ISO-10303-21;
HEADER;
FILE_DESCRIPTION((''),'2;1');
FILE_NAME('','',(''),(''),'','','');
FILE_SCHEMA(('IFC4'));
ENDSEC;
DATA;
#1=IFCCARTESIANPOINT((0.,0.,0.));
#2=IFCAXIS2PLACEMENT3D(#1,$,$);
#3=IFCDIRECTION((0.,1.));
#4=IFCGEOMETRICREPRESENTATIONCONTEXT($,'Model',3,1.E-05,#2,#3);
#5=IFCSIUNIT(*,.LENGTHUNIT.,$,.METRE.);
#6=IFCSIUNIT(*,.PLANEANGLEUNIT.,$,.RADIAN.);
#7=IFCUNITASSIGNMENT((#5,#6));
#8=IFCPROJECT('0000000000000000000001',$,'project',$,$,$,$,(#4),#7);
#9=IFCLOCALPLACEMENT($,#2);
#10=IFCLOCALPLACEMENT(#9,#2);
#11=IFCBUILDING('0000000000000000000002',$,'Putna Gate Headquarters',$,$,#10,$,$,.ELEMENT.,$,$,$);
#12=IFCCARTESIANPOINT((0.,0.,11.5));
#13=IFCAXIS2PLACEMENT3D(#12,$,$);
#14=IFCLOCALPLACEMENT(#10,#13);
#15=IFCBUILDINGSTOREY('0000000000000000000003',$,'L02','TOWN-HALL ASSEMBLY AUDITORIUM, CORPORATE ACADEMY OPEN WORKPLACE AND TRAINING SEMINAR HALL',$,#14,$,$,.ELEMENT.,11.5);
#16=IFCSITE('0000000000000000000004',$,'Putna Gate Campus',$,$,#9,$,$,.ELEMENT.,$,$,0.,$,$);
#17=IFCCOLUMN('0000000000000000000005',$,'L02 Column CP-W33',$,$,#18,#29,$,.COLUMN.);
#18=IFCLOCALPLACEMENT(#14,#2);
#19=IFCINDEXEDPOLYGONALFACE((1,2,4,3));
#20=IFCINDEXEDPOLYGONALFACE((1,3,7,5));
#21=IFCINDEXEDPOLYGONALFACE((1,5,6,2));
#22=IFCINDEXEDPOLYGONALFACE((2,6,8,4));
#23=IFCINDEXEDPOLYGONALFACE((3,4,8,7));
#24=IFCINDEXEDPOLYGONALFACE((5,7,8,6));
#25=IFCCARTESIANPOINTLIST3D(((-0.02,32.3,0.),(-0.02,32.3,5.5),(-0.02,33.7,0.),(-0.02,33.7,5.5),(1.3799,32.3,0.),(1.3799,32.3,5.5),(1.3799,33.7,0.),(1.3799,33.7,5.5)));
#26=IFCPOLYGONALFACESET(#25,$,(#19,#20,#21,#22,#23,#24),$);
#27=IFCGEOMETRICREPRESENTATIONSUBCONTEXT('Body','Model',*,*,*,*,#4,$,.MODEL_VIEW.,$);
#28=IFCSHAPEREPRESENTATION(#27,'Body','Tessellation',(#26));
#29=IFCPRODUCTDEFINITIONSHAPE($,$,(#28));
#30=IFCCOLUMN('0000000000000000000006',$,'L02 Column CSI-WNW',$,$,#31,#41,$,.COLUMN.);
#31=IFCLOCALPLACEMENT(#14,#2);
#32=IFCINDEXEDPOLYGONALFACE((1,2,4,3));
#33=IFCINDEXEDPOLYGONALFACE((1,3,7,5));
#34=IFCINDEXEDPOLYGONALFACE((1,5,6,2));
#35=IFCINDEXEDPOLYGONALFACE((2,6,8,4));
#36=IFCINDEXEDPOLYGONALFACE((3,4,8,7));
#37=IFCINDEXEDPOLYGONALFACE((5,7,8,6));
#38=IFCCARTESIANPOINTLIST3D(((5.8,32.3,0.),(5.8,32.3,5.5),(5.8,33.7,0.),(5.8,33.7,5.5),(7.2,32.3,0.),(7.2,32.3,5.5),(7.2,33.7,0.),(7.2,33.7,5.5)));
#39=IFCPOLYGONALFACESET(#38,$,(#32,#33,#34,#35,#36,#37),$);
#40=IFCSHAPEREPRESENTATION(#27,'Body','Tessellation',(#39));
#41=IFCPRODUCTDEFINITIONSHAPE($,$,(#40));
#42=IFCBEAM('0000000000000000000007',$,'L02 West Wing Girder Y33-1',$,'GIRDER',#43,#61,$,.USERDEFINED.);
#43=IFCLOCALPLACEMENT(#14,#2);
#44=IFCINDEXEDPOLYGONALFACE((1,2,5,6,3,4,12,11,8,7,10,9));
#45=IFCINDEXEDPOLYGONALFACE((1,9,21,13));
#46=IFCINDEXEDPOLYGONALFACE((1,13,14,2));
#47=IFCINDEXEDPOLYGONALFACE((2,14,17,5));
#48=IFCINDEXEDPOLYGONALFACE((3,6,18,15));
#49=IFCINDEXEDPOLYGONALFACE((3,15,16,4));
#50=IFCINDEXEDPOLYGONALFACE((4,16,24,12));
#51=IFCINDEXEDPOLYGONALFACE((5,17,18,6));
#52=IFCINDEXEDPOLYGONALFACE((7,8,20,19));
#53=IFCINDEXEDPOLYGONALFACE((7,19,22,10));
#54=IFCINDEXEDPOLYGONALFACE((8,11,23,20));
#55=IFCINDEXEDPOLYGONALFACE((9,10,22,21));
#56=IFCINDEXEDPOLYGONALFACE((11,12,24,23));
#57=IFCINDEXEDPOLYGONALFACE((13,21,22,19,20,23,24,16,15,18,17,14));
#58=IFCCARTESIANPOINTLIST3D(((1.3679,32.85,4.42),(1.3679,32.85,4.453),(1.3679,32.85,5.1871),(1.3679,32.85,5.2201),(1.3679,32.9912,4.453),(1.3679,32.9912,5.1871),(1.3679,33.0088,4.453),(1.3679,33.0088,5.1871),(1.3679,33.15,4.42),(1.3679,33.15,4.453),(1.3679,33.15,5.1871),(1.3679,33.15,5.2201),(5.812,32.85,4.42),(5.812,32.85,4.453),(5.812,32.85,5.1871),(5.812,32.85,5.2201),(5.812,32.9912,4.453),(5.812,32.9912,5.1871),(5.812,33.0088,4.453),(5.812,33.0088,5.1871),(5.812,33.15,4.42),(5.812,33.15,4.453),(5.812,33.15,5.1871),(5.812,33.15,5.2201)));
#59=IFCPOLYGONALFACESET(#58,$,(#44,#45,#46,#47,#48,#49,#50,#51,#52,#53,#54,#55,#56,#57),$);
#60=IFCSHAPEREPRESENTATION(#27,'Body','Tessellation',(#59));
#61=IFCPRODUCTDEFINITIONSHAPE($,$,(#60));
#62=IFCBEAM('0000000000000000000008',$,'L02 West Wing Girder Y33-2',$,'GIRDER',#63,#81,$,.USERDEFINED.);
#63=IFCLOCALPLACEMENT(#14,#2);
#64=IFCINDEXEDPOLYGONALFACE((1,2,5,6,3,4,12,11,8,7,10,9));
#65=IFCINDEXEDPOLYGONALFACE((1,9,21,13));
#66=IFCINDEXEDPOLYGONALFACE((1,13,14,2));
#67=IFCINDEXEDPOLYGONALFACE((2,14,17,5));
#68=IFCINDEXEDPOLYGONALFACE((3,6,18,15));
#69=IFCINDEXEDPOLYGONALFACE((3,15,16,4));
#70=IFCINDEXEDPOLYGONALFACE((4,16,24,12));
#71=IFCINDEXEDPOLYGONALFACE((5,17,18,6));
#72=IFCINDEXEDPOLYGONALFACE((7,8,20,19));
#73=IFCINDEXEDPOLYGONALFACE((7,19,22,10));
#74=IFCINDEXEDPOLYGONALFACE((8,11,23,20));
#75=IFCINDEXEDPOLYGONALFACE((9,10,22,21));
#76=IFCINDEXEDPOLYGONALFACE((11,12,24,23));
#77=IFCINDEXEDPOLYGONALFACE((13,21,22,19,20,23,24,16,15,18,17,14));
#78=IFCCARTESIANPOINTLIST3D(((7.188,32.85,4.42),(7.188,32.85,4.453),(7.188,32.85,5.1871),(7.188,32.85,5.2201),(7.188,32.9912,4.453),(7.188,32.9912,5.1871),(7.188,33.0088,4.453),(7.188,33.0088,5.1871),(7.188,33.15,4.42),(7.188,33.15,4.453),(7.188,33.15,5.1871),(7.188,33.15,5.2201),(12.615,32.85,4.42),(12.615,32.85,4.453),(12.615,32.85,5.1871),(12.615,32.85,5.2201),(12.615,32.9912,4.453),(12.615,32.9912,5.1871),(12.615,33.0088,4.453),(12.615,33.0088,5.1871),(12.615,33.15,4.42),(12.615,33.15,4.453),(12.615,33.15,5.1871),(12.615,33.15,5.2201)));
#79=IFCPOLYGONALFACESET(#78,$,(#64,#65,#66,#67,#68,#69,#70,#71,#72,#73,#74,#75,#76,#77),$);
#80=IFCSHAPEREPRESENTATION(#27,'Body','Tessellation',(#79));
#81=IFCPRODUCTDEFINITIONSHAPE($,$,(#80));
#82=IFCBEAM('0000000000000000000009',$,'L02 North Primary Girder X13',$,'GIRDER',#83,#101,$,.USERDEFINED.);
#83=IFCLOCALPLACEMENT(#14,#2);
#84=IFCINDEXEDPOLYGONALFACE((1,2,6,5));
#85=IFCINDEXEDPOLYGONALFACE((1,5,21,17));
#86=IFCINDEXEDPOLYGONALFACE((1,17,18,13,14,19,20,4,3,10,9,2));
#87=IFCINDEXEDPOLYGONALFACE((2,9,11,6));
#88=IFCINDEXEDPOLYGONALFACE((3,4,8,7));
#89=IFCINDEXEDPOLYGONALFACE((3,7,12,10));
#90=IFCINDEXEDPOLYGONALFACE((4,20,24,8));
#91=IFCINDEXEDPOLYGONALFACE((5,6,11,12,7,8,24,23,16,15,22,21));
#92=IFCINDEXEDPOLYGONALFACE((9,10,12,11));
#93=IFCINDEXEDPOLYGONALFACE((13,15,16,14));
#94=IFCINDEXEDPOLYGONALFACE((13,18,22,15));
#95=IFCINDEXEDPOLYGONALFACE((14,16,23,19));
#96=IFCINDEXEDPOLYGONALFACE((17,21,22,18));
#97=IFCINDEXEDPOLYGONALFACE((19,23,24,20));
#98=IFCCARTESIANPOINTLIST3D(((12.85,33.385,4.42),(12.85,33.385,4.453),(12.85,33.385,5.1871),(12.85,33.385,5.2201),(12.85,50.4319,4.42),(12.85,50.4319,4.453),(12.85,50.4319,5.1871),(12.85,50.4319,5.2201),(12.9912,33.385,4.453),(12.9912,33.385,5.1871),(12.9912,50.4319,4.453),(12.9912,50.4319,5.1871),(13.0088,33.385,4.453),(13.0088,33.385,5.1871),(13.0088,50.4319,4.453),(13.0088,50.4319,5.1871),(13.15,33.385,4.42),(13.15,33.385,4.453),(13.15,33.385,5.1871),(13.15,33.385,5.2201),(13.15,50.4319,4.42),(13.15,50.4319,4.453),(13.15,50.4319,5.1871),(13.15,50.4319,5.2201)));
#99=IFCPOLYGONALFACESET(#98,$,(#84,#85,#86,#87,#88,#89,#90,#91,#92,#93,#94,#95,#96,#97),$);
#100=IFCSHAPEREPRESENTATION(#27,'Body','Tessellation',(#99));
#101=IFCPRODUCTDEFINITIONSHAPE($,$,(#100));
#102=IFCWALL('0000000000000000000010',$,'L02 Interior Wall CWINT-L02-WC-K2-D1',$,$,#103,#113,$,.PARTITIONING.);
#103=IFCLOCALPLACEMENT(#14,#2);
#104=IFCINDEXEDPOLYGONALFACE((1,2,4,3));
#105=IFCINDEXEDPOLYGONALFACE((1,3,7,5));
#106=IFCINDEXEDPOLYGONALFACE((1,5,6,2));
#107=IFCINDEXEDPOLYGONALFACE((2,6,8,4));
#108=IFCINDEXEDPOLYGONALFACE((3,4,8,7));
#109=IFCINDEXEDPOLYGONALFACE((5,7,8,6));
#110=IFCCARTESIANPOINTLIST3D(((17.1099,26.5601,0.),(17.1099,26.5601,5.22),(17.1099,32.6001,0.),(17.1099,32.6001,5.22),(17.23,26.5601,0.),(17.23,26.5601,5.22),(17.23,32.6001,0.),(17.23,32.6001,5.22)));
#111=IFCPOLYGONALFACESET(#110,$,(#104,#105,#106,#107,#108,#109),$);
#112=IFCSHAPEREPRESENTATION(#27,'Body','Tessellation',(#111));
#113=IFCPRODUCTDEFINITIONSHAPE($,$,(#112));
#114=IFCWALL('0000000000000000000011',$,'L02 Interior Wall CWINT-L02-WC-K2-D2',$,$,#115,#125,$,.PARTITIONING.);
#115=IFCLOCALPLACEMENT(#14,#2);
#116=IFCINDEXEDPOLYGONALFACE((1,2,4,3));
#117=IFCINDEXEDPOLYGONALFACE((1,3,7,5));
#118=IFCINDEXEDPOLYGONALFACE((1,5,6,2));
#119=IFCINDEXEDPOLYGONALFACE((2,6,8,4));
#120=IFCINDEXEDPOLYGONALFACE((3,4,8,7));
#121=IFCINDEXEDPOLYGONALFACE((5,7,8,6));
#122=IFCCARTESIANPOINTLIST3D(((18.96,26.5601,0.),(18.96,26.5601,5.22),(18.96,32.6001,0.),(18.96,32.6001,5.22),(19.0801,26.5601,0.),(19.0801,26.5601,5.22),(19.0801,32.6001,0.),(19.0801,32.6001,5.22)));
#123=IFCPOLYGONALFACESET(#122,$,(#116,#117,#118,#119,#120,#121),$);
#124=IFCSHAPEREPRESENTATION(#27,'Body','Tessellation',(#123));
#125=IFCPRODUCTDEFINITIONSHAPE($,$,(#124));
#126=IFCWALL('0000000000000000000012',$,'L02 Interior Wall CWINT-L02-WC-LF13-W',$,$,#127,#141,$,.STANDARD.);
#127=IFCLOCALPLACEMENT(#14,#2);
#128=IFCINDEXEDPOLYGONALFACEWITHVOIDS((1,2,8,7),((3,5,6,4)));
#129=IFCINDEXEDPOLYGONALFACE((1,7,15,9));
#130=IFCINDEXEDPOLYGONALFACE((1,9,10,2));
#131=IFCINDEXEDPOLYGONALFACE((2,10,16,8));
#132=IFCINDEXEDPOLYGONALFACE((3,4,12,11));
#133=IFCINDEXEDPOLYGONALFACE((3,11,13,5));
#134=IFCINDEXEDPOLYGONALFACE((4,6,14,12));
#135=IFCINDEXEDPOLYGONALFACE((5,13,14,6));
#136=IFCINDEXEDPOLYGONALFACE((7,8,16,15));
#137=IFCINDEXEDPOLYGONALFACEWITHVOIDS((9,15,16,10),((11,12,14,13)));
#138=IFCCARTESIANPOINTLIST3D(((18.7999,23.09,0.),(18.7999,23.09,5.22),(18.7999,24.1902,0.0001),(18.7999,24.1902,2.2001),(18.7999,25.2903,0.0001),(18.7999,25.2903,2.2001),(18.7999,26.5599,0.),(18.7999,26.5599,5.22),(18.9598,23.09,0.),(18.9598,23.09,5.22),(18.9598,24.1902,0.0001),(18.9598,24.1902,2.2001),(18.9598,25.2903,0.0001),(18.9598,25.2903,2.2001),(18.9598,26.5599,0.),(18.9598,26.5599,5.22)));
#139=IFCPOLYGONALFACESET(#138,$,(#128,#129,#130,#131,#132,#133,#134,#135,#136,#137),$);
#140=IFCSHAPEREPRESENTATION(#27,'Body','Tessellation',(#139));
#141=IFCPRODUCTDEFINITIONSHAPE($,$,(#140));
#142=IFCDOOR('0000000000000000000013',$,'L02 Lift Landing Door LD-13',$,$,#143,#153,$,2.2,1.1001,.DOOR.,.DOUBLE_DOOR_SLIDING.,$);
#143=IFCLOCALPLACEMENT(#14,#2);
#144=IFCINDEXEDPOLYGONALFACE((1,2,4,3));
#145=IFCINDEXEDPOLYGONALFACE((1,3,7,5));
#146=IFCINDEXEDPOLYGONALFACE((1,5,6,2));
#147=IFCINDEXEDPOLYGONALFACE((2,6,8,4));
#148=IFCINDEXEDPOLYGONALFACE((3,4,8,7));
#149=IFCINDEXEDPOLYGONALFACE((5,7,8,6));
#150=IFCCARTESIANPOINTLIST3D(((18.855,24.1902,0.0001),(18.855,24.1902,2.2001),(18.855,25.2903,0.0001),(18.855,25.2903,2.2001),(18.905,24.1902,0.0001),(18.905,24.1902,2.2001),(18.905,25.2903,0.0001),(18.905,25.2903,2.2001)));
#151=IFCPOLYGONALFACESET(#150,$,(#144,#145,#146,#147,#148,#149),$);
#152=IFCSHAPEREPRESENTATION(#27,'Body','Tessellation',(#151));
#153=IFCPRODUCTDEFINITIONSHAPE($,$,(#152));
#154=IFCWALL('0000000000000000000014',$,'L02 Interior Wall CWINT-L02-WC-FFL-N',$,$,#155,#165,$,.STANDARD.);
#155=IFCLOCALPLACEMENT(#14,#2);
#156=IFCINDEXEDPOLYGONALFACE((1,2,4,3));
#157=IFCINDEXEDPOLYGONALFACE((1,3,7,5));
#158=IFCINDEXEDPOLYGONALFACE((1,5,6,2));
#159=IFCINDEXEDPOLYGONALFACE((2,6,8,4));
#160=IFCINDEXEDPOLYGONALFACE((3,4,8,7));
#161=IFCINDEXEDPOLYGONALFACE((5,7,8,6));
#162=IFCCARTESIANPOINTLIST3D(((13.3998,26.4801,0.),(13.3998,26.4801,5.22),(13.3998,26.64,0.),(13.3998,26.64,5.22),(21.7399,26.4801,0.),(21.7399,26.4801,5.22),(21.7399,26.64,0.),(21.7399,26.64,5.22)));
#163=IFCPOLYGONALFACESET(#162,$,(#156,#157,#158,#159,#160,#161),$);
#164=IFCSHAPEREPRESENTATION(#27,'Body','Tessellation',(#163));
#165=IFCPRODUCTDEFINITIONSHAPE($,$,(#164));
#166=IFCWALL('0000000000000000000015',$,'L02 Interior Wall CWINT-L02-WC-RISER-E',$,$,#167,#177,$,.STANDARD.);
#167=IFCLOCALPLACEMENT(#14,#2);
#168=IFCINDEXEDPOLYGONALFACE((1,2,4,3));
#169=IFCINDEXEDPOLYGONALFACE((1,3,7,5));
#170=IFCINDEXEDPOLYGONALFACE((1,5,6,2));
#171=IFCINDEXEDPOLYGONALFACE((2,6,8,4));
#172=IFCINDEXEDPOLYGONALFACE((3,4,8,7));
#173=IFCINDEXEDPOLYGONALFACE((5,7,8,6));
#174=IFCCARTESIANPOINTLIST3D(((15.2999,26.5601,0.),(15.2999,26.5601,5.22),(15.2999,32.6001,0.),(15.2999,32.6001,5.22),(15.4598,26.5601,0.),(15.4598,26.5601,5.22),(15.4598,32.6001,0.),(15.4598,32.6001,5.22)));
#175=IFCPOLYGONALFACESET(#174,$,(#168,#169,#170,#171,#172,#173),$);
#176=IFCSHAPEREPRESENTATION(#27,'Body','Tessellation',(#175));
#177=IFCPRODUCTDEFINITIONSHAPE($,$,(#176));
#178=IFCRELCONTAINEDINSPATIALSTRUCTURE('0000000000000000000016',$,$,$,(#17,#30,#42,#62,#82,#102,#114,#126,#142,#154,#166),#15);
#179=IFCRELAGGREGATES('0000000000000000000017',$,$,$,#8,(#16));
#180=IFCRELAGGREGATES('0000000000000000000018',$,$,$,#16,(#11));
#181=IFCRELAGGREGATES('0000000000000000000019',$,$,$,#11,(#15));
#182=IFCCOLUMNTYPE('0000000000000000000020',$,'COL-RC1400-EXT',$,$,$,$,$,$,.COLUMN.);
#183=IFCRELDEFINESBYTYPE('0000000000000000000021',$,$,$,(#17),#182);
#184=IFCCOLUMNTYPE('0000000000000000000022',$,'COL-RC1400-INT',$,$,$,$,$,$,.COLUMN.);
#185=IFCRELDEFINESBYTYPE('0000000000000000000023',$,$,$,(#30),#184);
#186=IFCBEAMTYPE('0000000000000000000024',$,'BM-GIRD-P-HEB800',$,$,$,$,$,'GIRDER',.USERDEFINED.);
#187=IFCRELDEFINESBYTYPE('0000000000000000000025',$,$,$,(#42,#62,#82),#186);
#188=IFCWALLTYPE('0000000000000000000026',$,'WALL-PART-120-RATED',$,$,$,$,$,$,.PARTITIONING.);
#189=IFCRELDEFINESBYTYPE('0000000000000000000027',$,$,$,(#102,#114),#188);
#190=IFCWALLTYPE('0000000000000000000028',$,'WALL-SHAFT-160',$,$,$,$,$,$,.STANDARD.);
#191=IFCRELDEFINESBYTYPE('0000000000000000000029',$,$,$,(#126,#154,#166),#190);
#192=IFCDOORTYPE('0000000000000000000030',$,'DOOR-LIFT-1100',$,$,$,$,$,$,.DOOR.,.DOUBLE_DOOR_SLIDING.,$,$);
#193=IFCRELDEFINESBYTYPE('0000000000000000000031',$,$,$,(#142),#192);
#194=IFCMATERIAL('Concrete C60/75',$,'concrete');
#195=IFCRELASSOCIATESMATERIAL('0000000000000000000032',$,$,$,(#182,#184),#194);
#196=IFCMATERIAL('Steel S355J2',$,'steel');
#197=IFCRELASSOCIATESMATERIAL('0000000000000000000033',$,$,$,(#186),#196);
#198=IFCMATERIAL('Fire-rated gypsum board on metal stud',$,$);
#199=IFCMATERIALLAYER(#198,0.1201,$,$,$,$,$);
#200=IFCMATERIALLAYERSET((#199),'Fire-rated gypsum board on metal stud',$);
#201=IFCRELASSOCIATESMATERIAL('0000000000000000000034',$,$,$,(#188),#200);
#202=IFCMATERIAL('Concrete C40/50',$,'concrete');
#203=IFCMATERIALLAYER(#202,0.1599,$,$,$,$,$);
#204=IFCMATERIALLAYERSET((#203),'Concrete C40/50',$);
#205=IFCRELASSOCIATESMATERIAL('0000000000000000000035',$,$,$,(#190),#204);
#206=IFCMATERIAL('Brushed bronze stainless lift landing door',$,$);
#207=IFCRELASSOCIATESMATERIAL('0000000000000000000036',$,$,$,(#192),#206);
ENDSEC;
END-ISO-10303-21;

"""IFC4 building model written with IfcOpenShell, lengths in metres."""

from ifc_helpers import new_model, si_unit, direction, frame, frame_2d, origin, origin_2d, place, context, subcontext, project, spatial, rectangle, i_section, extrude, material, layer, layer_set, material_profile, profile_set, type_object, element, fill, save


model = new_model("IFC4")

# Units and contexts
model_context = context("Model", 3, precision=1e-05, world=origin(), true_north=direction((0.0, 1.0)))
body_context = subcontext(model_context, "Body", "Model", "MODEL_VIEW")
ifc_project = project(units=[si_unit("LENGTHUNIT", "METRE"), si_unit("PLANEANGLEUNIT", "RADIAN")], contexts=[model_context])

# Site, building, storey
site_placement = place(None, origin())
site = spatial("IfcSite", under=ifc_project, at=site_placement, Name="Putna Gate Campus", CompositionType="ELEMENT", RefElevation=0.0)
building_placement = place(site_placement, origin())
building = spatial("IfcBuilding", under=site, at=building_placement, Name="Putna Gate Headquarters", CompositionType="ELEMENT")
storey_placement = place(building_placement, frame((0.0, 0.0, 11.5)))
storey = spatial("IfcBuildingStorey", under=building, at=storey_placement, Name="L02", Description="TOWN-HALL ASSEMBLY AUDITORIUM, CORPORATE ACADEMY OPEN WORKPLACE AND TRAINING SEMINAR HALL", CompositionType="ELEMENT", Elevation=11.5)

# Columns
ifc_material_1 = material(Name="Concrete C60/75", Category="concrete")
ifc_material_profile_1 = material_profile(ifc_material_1, rectangle(XDim=1.3999, YDim=1.3999, at=origin_2d()), Name="Concrete C60/75")
ifc_profile_set_1 = profile_set([ifc_material_profile_1], Name="Concrete C60/75")
column_type_1 = type_object("IfcColumnType", Name="COL-RC1400-EXT", PredefinedType="COLUMN", material=ifc_profile_set_1)
column_1_placement = place(storey_placement, frame((0.6799, 33.0, 0.0), z_axis=(0.0, 0.0, 1.0), x_axis=(1.0, 0.0, 0.0)))
element("IfcColumn", 1, at=column_1_placement, inside=storey, type_object=column_type_1, Name="L02 Column CP-W33", PredefinedType="COLUMN", context=body_context, shape_type="SweptSolid", body=[
    extrude(rectangle(XDim=1.3999, YDim=1.3999, at=origin_2d()), origin(), (0.0, 0.0, 1.0), 5.5),
])
ifc_material_profile_2 = material_profile(ifc_material_1, rectangle(XDim=1.3999, YDim=1.3999, at=origin_2d()), Name="Concrete C60/75")
ifc_profile_set_2 = profile_set([ifc_material_profile_2], Name="Concrete C60/75")
column_type_2 = type_object("IfcColumnType", Name="COL-RC1400-INT", PredefinedType="COLUMN", material=ifc_profile_set_2)
column_2_placement = place(storey_placement, frame((6.5, 33.0, 0.0), z_axis=(0.0, 0.0, 1.0), x_axis=(1.0, 0.0, 0.0)))
element("IfcColumn", 2, at=column_2_placement, inside=storey, type_object=column_type_2, Name="L02 Column CSI-WNW", PredefinedType="COLUMN", context=body_context, shape_type="SweptSolid", body=[
    extrude(rectangle(XDim=1.3999, YDim=1.3999, at=origin_2d()), origin(), (0.0, 0.0, 1.0), 5.5),
])

# Beams
ifc_material_2 = material(Name="Steel S355J2", Category="steel")
ifc_material_profile_3 = material_profile(ifc_material_2, i_section(OverallWidth=0.3, OverallDepth=0.8, WebThickness=0.0176, FlangeThickness=0.033, at=origin_2d()), Name="Steel S355J2")
ifc_profile_set_3 = profile_set([ifc_material_profile_3], Name="Steel S355J2")
beam_type = type_object("IfcBeamType", Name="BM-GIRD-P-HEB800", ElementType="GIRDER", PredefinedType="USERDEFINED", material=ifc_profile_set_3)
beam_1_placement = place(storey_placement, frame((1.3679, 33.0, 4.8201), z_axis=(1.0, 0.0, 0.0), x_axis=(0.0, 1.0, 0.0)))
element("IfcBeam", 3, at=beam_1_placement, inside=storey, type_object=beam_type, Name="L02 West Wing Girder Y33-1", ObjectType="GIRDER", PredefinedType="USERDEFINED", context=body_context, shape_type="SweptSolid", body=[
    extrude(i_section(OverallWidth=0.3, OverallDepth=0.8, WebThickness=0.0176, FlangeThickness=0.033, at=origin_2d()), origin(), (0.0, 0.0, 1.0), 4.4441),
])
beam_2_placement = place(storey_placement, frame((7.188, 33.0, 4.8201), z_axis=(1.0, 0.0, 0.0), x_axis=(0.0, 1.0, 0.0)))
element("IfcBeam", 4, at=beam_2_placement, inside=storey, type_object=beam_type, Name="L02 West Wing Girder Y33-2", ObjectType="GIRDER", PredefinedType="USERDEFINED", context=body_context, shape_type="SweptSolid", body=[
    extrude(i_section(OverallWidth=0.3, OverallDepth=0.8, WebThickness=0.0176, FlangeThickness=0.033, at=origin_2d()), origin(), (0.0, 0.0, 1.0), 5.427),
])
beam_3_placement = place(storey_placement, frame((13.0, 33.385, 4.8201), z_axis=(0.0, 1.0, 0.0), x_axis=(-1.0, 0.0, 0.0)))
element("IfcBeam", 5, at=beam_3_placement, inside=storey, type_object=beam_type, Name="L02 North Primary Girder X13", ObjectType="GIRDER", PredefinedType="USERDEFINED", context=body_context, shape_type="SweptSolid", body=[
    extrude(i_section(OverallWidth=0.3, OverallDepth=0.8, WebThickness=0.0176, FlangeThickness=0.033, at=origin_2d()), origin(), (0.0, 0.0, 1.0), 17.0469),
])

# Walls
ifc_material_3 = material(Name="Fire-rated gypsum board on metal stud")
ifc_layer_1 = layer(ifc_material_3, 0.1201)
ifc_layer_set_1 = layer_set([ifc_layer_1], Name="Fire-rated gypsum board on metal stud")
wall_type_1 = type_object("IfcWallType", Name="WALL-PART-120-RATED", PredefinedType="PARTITIONING", material=ifc_layer_set_1)
for number, where, z_axis, x_axis, name in (
    (6, (17.1699, 26.5601, 0.0), (0.0, 0.0, 1.0), (0.0, 1.0, 0.0), "L02 Interior Wall CWINT-L02-WC-K2-D1"),
    (7, (19.02, 26.5601, 0.0), (0.0, 0.0, 1.0), (0.0, 1.0, 0.0), "L02 Interior Wall CWINT-L02-WC-K2-D2"),
):
    element("IfcWall", number, at=place(storey_placement, frame(where, z_axis=z_axis, x_axis=x_axis)), inside=storey, type_object=wall_type_1, Name=name, PredefinedType="PARTITIONING", context=body_context, shape_type="SweptSolid", body=[
        extrude(rectangle(XDim=6.04, YDim=0.1201, at=frame_2d((3.02, 0.0))), origin(), (0.0, 0.0, 1.0), 5.22),
    ])

# Wall, opening, door
ifc_material_4 = material(Name="Concrete C40/50", Category="concrete")
ifc_layer_2 = layer(ifc_material_4, 0.1599)
ifc_layer_set_2 = layer_set([ifc_layer_2], Name="Concrete C40/50")
wall_type_2 = type_object("IfcWallType", Name="WALL-SHAFT-160", PredefinedType="STANDARD", material=ifc_layer_set_2)
wall_1_placement = place(storey_placement, frame((18.8799, 23.0901, 0.0), z_axis=(0.0, 0.0, 1.0), x_axis=(0.0, 1.0, 0.0)))
wall_1 = element("IfcWall", 8, at=wall_1_placement, inside=storey, type_object=wall_type_2, Name="L02 Interior Wall CWINT-L02-WC-LF13-W", PredefinedType="STANDARD", context=body_context, shape_type="SweptSolid", body=[
    extrude(rectangle(XDim=3.47, YDim=0.1599, at=frame_2d((1.7349, 0.0))), origin(), (0.0, 0.0, 1.0), 5.22),
])
opening_1_placement = place(wall_1_placement, frame((1.1001, 0.0, 0.0)))
opening_1 = element("IfcOpeningElement", 9, at=opening_1_placement, cuts=wall_1, PredefinedType="OPENING", context=body_context, shape_type="SweptSolid", body=[
    extrude(rectangle(XDim=1.1001, YDim=2.2, at=frame_2d((0.55, 1.1001))), frame((0.0, 0.0898, 0.0), z_axis=(0.0, -1.0, 0.0), x_axis=(1.0, 0.0, 0.0)), (0.0, 0.0, 1.0), 0.1799),
])
ifc_material_5 = material(Name="Brushed bronze stainless lift landing door")
door_type_1 = type_object("IfcDoorType", Name="DOOR-LIFT-1100", OperationType="DOUBLE_DOOR_SLIDING", PredefinedType="DOOR", material=ifc_material_5)
door_1_placement = place(opening_1_placement, origin())
door_1 = element("IfcDoor", 10, at=door_1_placement, inside=storey, type_object=door_type_1, Name="L02 Lift Landing Door LD-13", OperationType="DOUBLE_DOOR_SLIDING", OverallHeight=2.2, OverallWidth=1.1001, PredefinedType="DOOR", context=body_context, shape_type="SweptSolid", body=[
    extrude(rectangle(XDim=1.1001, YDim=2.2, at=frame_2d((0.55, 1.1001))), frame((0.0, 0.0249, 0.0), z_axis=(0.0, -1.0, 0.0), x_axis=(1.0, 0.0, 0.0)), (0.0, 0.0, 1.0), 0.05),
])
fill(opening_1, door_1)

# Walls
wall_2_placement = place(storey_placement, frame((13.3999, 26.5601, 0.0), z_axis=(0.0, 0.0, 1.0), x_axis=(1.0, 0.0, 0.0)))
element("IfcWall", 11, at=wall_2_placement, inside=storey, type_object=wall_type_2, Name="L02 Interior Wall CWINT-L02-WC-FFL-N", PredefinedType="STANDARD", context=body_context, shape_type="SweptSolid", body=[
    extrude(rectangle(XDim=8.3401, YDim=0.1599, at=frame_2d((4.1699, 0.0))), origin(), (0.0, 0.0, 1.0), 5.22),
])
wall_3_placement = place(storey_placement, frame((15.3799, 26.5601, 0.0), z_axis=(0.0, 0.0, 1.0), x_axis=(0.0, 1.0, 0.0)))
element("IfcWall", 12, at=wall_3_placement, inside=storey, type_object=wall_type_2, Name="L02 Interior Wall CWINT-L02-WC-RISER-E", PredefinedType="STANDARD", context=body_context, shape_type="SweptSolid", body=[
    extrude(rectangle(XDim=6.04, YDim=0.1599, at=frame_2d((3.02, 0.0))), origin(), (0.0, 0.0, 1.0), 5.22),
])

save(model, "model.ifc")
